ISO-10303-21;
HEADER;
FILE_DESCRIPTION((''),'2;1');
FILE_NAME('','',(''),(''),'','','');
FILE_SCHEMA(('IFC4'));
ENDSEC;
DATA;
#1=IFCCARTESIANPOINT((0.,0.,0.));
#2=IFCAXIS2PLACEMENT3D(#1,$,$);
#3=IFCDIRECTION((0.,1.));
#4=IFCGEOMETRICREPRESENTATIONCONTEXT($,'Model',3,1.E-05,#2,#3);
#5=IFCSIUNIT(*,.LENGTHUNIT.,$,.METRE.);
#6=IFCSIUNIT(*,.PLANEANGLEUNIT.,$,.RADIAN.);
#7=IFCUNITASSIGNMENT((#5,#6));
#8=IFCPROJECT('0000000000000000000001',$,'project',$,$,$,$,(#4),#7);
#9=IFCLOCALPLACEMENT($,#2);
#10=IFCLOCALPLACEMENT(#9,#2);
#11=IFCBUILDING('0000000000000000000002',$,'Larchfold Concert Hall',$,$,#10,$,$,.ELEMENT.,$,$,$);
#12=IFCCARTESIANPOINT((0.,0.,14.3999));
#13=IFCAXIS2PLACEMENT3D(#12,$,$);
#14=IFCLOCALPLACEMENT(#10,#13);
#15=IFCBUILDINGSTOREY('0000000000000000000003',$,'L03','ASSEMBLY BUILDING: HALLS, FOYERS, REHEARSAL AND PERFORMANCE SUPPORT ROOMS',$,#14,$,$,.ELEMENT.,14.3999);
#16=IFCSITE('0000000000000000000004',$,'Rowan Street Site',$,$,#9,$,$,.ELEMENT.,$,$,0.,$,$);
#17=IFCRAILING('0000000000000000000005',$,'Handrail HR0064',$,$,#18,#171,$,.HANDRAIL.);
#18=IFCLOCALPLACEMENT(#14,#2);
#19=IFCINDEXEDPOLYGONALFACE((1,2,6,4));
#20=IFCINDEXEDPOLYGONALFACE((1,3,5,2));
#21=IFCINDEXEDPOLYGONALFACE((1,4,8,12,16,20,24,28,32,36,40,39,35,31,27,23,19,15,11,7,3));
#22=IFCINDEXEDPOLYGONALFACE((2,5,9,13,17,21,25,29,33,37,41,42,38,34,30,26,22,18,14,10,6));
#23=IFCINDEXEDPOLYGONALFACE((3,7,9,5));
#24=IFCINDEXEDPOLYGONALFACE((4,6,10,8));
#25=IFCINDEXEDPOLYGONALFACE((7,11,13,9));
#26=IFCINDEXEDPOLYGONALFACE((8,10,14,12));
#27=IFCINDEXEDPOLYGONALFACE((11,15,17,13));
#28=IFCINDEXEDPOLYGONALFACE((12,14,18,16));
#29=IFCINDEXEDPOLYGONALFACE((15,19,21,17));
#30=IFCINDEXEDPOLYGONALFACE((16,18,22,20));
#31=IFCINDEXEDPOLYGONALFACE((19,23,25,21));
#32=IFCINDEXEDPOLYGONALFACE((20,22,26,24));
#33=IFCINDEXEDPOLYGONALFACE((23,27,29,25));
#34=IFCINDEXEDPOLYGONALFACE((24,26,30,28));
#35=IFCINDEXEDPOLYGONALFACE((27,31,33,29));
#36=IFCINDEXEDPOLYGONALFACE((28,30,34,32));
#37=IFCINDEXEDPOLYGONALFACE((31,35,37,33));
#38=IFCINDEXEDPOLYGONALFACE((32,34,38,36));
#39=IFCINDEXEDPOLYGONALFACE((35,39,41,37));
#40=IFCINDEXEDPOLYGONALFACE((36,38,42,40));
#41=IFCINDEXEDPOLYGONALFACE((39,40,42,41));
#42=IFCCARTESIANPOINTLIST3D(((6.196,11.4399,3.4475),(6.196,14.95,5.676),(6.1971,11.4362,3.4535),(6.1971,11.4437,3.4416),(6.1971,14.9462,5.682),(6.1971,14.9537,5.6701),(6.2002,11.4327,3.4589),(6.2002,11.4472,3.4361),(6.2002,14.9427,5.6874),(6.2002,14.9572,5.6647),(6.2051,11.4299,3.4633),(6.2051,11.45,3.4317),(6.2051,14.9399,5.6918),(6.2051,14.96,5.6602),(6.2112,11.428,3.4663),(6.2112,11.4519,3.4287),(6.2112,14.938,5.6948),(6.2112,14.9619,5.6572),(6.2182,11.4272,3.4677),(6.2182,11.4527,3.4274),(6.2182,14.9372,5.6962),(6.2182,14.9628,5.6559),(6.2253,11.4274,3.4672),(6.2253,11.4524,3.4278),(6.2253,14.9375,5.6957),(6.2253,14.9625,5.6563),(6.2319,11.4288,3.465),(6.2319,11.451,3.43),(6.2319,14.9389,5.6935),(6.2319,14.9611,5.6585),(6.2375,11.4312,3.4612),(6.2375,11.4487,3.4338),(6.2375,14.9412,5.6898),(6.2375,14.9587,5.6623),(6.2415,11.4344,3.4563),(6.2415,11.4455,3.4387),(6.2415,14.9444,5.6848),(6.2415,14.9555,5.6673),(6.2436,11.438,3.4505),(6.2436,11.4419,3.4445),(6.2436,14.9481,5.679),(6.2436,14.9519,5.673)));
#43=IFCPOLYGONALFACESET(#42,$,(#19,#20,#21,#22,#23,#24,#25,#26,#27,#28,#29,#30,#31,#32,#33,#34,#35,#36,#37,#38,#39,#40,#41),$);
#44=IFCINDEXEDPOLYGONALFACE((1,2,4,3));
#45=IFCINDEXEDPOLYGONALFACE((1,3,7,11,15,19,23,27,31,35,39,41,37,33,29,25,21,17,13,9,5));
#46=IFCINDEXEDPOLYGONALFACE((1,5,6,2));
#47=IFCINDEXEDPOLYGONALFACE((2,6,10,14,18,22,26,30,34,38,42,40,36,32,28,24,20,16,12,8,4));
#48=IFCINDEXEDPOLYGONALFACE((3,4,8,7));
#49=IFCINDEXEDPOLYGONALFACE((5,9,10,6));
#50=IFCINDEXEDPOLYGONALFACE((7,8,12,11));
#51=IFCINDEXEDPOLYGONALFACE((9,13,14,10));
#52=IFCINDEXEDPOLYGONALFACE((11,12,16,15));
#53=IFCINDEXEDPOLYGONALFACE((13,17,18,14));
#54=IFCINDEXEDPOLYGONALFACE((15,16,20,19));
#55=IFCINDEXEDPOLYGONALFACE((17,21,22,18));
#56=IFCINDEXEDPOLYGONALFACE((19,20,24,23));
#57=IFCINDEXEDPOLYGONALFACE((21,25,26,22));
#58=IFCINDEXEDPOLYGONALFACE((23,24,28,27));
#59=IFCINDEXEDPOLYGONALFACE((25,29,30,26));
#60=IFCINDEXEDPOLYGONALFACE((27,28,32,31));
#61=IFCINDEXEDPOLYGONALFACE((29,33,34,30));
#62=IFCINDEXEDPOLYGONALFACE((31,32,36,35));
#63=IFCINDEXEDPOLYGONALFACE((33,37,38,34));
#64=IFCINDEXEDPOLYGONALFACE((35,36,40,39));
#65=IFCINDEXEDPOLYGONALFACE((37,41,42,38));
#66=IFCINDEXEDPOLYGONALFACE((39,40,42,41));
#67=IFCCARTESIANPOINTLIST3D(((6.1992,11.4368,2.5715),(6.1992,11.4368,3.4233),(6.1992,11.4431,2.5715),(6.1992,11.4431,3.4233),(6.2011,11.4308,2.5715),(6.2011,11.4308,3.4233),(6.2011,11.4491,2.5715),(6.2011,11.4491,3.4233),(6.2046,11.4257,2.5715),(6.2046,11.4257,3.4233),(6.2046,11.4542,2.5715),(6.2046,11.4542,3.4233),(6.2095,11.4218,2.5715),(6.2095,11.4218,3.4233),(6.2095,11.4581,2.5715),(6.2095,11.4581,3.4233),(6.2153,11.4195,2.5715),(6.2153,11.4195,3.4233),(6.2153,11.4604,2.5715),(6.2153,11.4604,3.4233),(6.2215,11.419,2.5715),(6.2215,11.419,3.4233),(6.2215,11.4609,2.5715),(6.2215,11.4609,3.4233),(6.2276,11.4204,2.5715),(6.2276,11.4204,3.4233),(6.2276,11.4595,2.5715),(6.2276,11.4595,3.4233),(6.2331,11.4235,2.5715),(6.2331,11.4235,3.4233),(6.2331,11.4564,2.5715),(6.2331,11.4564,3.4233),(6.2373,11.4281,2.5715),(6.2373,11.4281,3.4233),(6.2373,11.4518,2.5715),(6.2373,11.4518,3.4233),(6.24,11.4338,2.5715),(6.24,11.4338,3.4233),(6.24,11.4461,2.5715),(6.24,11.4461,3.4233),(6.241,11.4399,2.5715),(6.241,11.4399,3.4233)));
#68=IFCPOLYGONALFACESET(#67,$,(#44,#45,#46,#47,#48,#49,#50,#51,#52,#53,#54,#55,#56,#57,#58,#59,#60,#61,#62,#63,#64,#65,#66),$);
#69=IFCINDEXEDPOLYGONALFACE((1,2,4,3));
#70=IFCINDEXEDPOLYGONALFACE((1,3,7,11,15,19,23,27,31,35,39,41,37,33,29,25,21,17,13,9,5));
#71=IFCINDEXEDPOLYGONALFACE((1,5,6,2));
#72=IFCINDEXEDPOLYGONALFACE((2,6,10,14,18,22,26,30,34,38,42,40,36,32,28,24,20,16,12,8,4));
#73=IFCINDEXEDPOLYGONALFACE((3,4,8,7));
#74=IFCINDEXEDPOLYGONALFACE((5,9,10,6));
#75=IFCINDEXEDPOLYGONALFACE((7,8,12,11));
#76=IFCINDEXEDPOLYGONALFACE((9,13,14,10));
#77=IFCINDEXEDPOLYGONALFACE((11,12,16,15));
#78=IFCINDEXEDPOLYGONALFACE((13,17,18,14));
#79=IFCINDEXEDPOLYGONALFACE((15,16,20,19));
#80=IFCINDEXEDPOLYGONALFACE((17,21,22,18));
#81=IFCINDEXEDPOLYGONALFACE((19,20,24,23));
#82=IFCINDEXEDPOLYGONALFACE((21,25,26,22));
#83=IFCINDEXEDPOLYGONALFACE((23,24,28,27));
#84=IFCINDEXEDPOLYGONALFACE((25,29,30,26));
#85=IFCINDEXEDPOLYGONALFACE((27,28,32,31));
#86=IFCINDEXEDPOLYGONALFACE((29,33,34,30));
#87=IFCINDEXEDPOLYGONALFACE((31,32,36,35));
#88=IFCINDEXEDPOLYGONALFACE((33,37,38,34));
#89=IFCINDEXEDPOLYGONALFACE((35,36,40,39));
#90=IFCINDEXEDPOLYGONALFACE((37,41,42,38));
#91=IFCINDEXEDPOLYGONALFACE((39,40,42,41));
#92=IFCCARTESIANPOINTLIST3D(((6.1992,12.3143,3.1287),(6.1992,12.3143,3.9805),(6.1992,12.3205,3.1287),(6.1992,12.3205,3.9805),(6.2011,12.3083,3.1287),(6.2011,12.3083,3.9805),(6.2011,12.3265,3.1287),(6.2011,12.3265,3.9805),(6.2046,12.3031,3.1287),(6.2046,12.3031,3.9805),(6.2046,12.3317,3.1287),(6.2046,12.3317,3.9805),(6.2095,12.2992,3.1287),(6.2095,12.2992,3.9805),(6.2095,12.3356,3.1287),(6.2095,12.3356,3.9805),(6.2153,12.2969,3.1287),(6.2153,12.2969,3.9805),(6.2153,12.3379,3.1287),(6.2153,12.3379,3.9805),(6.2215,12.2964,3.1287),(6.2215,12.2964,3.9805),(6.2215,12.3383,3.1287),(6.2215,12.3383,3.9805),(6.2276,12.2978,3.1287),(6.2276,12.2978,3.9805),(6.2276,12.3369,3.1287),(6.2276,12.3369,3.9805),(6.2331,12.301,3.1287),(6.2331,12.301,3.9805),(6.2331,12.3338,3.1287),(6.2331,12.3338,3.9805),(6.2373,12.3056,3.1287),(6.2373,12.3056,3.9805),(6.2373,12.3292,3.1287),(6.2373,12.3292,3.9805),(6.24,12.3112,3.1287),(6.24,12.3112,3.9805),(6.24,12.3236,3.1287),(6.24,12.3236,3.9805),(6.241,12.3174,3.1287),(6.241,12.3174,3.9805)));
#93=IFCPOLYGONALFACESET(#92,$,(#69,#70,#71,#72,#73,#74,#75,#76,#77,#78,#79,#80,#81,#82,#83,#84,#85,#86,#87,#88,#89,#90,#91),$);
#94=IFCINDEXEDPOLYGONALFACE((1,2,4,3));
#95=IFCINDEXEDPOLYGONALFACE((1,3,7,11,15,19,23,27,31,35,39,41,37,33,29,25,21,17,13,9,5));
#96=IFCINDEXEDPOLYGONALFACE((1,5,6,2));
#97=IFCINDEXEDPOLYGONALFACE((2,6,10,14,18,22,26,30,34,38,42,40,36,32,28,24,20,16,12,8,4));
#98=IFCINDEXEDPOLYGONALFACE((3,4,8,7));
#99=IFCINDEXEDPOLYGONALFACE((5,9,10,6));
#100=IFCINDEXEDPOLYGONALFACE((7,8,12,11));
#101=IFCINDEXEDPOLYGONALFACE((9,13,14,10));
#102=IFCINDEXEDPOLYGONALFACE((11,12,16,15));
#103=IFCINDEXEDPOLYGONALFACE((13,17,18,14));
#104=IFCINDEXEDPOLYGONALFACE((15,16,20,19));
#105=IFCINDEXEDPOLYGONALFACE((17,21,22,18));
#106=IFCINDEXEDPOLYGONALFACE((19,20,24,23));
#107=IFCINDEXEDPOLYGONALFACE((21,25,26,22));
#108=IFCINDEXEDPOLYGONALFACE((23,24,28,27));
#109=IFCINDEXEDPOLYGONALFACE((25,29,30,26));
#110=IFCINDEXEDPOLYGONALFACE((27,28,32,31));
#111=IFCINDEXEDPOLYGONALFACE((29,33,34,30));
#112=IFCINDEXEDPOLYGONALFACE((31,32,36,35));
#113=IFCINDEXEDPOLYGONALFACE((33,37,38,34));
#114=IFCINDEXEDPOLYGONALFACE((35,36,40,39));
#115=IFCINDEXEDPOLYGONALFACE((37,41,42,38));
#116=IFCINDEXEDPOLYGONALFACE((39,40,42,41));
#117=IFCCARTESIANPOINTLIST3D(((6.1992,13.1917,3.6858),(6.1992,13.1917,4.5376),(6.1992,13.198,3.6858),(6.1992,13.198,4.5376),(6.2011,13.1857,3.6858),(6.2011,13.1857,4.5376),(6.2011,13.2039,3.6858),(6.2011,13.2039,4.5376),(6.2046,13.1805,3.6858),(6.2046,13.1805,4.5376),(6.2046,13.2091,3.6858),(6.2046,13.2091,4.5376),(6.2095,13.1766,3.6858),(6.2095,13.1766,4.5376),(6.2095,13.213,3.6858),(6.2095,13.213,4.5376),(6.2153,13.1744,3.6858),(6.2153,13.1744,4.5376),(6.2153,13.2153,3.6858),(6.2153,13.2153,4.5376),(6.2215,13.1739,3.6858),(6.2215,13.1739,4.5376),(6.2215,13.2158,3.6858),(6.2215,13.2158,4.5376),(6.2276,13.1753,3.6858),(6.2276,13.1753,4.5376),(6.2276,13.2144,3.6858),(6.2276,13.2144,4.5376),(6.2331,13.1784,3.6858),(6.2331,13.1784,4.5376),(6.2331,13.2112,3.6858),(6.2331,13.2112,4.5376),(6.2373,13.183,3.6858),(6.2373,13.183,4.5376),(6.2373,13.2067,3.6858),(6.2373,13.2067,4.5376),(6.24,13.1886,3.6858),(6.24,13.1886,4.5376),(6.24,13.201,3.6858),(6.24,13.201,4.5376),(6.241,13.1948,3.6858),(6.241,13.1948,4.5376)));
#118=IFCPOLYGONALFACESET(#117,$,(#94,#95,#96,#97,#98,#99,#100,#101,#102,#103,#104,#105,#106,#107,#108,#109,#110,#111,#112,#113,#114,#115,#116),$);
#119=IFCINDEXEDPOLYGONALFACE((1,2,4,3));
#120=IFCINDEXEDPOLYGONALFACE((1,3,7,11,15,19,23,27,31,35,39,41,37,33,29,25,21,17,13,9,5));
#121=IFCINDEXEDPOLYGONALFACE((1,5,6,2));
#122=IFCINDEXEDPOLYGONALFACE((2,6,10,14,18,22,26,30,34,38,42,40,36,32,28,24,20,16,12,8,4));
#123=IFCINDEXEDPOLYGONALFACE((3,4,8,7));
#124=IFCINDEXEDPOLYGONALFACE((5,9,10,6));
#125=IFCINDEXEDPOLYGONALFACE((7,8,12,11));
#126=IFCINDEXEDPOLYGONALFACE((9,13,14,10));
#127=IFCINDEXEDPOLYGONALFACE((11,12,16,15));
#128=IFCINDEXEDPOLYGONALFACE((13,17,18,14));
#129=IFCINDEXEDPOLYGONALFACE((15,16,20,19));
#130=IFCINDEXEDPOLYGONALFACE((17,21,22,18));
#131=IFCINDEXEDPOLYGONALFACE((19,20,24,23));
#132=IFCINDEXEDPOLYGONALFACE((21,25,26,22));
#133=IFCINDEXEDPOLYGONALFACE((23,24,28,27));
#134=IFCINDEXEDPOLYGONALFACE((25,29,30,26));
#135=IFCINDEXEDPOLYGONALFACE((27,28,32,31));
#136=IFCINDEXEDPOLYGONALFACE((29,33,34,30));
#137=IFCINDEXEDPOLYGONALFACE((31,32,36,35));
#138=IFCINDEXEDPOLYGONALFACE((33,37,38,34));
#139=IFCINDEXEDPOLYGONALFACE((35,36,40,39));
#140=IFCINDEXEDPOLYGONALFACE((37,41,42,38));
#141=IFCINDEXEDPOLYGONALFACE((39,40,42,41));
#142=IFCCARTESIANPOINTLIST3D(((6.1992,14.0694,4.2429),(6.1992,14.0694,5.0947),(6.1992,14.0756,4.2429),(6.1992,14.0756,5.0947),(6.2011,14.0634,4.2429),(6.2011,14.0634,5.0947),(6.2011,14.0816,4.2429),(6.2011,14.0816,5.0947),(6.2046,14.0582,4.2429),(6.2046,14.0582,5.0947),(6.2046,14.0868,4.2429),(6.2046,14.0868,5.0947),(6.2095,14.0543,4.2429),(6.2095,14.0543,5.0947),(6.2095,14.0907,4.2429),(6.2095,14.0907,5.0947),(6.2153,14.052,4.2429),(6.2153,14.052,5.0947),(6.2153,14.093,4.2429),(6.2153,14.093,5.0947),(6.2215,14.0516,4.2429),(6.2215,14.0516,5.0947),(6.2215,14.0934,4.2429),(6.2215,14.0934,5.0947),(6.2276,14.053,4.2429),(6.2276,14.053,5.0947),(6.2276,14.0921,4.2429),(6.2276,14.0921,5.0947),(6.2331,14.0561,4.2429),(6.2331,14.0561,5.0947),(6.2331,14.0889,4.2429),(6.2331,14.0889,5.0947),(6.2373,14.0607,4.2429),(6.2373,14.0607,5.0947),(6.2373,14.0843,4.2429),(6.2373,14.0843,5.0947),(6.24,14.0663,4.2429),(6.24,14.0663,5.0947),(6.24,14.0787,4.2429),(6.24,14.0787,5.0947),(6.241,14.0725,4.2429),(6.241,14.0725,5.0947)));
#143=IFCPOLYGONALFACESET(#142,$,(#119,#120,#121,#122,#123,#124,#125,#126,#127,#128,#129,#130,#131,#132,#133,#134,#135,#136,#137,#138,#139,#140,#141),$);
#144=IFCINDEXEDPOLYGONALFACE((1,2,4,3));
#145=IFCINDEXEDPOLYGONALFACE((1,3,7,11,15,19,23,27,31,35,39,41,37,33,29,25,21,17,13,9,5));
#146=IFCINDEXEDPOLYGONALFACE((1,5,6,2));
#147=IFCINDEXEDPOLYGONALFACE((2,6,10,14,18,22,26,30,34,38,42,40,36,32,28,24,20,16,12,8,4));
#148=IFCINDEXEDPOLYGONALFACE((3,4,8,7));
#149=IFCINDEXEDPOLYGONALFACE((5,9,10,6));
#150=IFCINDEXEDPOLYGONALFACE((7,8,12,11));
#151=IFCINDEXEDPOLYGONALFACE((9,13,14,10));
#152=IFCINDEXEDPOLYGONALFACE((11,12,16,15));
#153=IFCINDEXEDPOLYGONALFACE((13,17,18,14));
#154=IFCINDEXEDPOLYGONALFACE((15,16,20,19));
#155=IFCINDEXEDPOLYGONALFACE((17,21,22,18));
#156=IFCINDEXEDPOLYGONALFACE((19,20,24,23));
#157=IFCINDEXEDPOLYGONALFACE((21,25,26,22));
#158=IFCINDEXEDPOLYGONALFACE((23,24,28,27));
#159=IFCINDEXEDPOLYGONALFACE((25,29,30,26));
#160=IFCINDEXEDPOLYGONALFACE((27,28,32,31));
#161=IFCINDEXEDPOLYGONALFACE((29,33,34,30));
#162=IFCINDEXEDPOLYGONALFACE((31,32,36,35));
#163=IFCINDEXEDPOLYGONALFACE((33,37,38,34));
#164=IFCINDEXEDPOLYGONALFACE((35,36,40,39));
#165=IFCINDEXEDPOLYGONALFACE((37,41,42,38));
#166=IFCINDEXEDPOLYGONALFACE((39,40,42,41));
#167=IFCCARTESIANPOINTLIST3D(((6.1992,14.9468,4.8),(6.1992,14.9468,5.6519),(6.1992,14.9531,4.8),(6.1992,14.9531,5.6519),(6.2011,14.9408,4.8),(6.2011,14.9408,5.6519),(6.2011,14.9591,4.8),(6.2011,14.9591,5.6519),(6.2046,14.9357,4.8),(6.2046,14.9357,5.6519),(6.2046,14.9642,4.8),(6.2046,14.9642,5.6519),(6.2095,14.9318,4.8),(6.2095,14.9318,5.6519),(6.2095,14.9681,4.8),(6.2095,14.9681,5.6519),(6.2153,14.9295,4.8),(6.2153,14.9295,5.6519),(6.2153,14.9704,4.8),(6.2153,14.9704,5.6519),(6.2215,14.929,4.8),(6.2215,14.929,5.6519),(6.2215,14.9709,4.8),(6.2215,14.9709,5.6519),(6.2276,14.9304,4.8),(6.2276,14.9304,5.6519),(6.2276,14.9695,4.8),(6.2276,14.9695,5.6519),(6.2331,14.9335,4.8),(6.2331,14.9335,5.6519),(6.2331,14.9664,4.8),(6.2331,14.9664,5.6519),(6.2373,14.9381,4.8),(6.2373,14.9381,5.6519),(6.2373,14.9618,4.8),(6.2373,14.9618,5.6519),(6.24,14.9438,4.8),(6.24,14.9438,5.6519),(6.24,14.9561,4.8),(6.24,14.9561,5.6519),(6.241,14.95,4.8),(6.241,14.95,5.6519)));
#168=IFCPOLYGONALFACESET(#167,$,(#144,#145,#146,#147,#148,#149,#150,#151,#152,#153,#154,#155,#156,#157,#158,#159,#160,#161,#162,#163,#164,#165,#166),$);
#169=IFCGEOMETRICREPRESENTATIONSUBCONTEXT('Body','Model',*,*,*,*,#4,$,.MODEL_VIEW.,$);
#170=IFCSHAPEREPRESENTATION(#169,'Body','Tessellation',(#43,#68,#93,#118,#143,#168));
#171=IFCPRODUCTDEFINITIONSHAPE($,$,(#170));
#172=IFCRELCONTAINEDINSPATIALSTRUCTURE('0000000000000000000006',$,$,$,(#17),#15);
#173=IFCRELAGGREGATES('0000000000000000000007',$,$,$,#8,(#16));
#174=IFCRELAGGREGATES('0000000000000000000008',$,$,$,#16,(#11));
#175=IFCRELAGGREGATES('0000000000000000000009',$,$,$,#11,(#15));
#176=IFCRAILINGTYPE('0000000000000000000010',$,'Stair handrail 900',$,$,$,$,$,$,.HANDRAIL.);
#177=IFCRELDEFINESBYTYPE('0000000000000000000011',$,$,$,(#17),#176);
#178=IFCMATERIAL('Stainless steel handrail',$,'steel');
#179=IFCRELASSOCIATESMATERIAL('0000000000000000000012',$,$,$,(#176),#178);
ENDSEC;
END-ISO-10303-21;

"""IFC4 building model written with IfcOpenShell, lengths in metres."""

from ifc_helpers import new_model, si_unit, direction, frame, origin, origin_2d, place, context, subcontext, project, spatial, circle, extrude, material, type_object, element, save


model = new_model("IFC4")

# Units and contexts
model_context = context("Model", 3, precision=1e-05, world=origin(), true_north=direction((0.0, 1.0)))
body_context = subcontext(model_context, "Body", "Model", "MODEL_VIEW")
ifc_project = project(units=[si_unit("LENGTHUNIT", "METRE"), si_unit("PLANEANGLEUNIT", "RADIAN")], contexts=[model_context])

# Site, building, storey
site_placement = place(None, origin())
site = spatial("IfcSite", under=ifc_project, at=site_placement, Name="Rowan Street Site", CompositionType="ELEMENT", RefElevation=0.0)
building_placement = place(site_placement, origin())
building = spatial("IfcBuilding", under=site, at=building_placement, Name="Larchfold Concert Hall", CompositionType="ELEMENT")
storey_placement = place(building_placement, frame((0.0, 0.0, 14.3999)))
storey = spatial("IfcBuildingStorey", under=building, at=storey_placement, Name="L03", Description="ASSEMBLY BUILDING: HALLS, FOYERS, REHEARSAL AND PERFORMANCE SUPPORT ROOMS", CompositionType="ELEMENT", Elevation=14.3999)

# Railing
ifc_material_1 = material(Name="Stainless steel handrail", Category="steel")
railing_type_1 = type_object("IfcRailingType", Name="Stair handrail 900", PredefinedType="HANDRAIL", material=ifc_material_1)
railing_1_placement = place(storey_placement, frame((6.22, 11.4399, 2.5715)))
element("IfcRailing", 1, at=railing_1_placement, inside=storey, type_object=railing_type_1, Name="Handrail HR0064", PredefinedType="HANDRAIL", context=body_context, shape_type="SweptSolid", body=[
    extrude(circle(Radius=0.0239, at=origin_2d()), frame((0.0, 0.0, 0.876), z_axis=(0.0, 0.84422, 0.535998), x_axis=(-1.0, 0.0, 0.0)), (0.0, 0.0, 1.0), 4.1577),
    extrude(circle(Radius=0.021, at=origin_2d()), origin(), (0.0, 0.0, 1.0), 0.8518),
    extrude(circle(Radius=0.021, at=origin_2d()), frame((0.0, 0.8774, 0.5571)), (0.0, 0.0, 1.0), 0.8518),
    extrude(circle(Radius=0.021, at=origin_2d()), frame((0.0, 1.7549, 1.1143)), (0.0, 0.0, 1.0), 0.8518),
    extrude(circle(Radius=0.021, at=origin_2d()), frame((0.0, 2.6326, 1.6714)), (0.0, 0.0, 1.0), 0.8518),
    extrude(circle(Radius=0.021, at=origin_2d()), frame((0.0, 3.51, 2.2285)), (0.0, 0.0, 1.0), 0.8518),
])

save(model, "model.ifc")
